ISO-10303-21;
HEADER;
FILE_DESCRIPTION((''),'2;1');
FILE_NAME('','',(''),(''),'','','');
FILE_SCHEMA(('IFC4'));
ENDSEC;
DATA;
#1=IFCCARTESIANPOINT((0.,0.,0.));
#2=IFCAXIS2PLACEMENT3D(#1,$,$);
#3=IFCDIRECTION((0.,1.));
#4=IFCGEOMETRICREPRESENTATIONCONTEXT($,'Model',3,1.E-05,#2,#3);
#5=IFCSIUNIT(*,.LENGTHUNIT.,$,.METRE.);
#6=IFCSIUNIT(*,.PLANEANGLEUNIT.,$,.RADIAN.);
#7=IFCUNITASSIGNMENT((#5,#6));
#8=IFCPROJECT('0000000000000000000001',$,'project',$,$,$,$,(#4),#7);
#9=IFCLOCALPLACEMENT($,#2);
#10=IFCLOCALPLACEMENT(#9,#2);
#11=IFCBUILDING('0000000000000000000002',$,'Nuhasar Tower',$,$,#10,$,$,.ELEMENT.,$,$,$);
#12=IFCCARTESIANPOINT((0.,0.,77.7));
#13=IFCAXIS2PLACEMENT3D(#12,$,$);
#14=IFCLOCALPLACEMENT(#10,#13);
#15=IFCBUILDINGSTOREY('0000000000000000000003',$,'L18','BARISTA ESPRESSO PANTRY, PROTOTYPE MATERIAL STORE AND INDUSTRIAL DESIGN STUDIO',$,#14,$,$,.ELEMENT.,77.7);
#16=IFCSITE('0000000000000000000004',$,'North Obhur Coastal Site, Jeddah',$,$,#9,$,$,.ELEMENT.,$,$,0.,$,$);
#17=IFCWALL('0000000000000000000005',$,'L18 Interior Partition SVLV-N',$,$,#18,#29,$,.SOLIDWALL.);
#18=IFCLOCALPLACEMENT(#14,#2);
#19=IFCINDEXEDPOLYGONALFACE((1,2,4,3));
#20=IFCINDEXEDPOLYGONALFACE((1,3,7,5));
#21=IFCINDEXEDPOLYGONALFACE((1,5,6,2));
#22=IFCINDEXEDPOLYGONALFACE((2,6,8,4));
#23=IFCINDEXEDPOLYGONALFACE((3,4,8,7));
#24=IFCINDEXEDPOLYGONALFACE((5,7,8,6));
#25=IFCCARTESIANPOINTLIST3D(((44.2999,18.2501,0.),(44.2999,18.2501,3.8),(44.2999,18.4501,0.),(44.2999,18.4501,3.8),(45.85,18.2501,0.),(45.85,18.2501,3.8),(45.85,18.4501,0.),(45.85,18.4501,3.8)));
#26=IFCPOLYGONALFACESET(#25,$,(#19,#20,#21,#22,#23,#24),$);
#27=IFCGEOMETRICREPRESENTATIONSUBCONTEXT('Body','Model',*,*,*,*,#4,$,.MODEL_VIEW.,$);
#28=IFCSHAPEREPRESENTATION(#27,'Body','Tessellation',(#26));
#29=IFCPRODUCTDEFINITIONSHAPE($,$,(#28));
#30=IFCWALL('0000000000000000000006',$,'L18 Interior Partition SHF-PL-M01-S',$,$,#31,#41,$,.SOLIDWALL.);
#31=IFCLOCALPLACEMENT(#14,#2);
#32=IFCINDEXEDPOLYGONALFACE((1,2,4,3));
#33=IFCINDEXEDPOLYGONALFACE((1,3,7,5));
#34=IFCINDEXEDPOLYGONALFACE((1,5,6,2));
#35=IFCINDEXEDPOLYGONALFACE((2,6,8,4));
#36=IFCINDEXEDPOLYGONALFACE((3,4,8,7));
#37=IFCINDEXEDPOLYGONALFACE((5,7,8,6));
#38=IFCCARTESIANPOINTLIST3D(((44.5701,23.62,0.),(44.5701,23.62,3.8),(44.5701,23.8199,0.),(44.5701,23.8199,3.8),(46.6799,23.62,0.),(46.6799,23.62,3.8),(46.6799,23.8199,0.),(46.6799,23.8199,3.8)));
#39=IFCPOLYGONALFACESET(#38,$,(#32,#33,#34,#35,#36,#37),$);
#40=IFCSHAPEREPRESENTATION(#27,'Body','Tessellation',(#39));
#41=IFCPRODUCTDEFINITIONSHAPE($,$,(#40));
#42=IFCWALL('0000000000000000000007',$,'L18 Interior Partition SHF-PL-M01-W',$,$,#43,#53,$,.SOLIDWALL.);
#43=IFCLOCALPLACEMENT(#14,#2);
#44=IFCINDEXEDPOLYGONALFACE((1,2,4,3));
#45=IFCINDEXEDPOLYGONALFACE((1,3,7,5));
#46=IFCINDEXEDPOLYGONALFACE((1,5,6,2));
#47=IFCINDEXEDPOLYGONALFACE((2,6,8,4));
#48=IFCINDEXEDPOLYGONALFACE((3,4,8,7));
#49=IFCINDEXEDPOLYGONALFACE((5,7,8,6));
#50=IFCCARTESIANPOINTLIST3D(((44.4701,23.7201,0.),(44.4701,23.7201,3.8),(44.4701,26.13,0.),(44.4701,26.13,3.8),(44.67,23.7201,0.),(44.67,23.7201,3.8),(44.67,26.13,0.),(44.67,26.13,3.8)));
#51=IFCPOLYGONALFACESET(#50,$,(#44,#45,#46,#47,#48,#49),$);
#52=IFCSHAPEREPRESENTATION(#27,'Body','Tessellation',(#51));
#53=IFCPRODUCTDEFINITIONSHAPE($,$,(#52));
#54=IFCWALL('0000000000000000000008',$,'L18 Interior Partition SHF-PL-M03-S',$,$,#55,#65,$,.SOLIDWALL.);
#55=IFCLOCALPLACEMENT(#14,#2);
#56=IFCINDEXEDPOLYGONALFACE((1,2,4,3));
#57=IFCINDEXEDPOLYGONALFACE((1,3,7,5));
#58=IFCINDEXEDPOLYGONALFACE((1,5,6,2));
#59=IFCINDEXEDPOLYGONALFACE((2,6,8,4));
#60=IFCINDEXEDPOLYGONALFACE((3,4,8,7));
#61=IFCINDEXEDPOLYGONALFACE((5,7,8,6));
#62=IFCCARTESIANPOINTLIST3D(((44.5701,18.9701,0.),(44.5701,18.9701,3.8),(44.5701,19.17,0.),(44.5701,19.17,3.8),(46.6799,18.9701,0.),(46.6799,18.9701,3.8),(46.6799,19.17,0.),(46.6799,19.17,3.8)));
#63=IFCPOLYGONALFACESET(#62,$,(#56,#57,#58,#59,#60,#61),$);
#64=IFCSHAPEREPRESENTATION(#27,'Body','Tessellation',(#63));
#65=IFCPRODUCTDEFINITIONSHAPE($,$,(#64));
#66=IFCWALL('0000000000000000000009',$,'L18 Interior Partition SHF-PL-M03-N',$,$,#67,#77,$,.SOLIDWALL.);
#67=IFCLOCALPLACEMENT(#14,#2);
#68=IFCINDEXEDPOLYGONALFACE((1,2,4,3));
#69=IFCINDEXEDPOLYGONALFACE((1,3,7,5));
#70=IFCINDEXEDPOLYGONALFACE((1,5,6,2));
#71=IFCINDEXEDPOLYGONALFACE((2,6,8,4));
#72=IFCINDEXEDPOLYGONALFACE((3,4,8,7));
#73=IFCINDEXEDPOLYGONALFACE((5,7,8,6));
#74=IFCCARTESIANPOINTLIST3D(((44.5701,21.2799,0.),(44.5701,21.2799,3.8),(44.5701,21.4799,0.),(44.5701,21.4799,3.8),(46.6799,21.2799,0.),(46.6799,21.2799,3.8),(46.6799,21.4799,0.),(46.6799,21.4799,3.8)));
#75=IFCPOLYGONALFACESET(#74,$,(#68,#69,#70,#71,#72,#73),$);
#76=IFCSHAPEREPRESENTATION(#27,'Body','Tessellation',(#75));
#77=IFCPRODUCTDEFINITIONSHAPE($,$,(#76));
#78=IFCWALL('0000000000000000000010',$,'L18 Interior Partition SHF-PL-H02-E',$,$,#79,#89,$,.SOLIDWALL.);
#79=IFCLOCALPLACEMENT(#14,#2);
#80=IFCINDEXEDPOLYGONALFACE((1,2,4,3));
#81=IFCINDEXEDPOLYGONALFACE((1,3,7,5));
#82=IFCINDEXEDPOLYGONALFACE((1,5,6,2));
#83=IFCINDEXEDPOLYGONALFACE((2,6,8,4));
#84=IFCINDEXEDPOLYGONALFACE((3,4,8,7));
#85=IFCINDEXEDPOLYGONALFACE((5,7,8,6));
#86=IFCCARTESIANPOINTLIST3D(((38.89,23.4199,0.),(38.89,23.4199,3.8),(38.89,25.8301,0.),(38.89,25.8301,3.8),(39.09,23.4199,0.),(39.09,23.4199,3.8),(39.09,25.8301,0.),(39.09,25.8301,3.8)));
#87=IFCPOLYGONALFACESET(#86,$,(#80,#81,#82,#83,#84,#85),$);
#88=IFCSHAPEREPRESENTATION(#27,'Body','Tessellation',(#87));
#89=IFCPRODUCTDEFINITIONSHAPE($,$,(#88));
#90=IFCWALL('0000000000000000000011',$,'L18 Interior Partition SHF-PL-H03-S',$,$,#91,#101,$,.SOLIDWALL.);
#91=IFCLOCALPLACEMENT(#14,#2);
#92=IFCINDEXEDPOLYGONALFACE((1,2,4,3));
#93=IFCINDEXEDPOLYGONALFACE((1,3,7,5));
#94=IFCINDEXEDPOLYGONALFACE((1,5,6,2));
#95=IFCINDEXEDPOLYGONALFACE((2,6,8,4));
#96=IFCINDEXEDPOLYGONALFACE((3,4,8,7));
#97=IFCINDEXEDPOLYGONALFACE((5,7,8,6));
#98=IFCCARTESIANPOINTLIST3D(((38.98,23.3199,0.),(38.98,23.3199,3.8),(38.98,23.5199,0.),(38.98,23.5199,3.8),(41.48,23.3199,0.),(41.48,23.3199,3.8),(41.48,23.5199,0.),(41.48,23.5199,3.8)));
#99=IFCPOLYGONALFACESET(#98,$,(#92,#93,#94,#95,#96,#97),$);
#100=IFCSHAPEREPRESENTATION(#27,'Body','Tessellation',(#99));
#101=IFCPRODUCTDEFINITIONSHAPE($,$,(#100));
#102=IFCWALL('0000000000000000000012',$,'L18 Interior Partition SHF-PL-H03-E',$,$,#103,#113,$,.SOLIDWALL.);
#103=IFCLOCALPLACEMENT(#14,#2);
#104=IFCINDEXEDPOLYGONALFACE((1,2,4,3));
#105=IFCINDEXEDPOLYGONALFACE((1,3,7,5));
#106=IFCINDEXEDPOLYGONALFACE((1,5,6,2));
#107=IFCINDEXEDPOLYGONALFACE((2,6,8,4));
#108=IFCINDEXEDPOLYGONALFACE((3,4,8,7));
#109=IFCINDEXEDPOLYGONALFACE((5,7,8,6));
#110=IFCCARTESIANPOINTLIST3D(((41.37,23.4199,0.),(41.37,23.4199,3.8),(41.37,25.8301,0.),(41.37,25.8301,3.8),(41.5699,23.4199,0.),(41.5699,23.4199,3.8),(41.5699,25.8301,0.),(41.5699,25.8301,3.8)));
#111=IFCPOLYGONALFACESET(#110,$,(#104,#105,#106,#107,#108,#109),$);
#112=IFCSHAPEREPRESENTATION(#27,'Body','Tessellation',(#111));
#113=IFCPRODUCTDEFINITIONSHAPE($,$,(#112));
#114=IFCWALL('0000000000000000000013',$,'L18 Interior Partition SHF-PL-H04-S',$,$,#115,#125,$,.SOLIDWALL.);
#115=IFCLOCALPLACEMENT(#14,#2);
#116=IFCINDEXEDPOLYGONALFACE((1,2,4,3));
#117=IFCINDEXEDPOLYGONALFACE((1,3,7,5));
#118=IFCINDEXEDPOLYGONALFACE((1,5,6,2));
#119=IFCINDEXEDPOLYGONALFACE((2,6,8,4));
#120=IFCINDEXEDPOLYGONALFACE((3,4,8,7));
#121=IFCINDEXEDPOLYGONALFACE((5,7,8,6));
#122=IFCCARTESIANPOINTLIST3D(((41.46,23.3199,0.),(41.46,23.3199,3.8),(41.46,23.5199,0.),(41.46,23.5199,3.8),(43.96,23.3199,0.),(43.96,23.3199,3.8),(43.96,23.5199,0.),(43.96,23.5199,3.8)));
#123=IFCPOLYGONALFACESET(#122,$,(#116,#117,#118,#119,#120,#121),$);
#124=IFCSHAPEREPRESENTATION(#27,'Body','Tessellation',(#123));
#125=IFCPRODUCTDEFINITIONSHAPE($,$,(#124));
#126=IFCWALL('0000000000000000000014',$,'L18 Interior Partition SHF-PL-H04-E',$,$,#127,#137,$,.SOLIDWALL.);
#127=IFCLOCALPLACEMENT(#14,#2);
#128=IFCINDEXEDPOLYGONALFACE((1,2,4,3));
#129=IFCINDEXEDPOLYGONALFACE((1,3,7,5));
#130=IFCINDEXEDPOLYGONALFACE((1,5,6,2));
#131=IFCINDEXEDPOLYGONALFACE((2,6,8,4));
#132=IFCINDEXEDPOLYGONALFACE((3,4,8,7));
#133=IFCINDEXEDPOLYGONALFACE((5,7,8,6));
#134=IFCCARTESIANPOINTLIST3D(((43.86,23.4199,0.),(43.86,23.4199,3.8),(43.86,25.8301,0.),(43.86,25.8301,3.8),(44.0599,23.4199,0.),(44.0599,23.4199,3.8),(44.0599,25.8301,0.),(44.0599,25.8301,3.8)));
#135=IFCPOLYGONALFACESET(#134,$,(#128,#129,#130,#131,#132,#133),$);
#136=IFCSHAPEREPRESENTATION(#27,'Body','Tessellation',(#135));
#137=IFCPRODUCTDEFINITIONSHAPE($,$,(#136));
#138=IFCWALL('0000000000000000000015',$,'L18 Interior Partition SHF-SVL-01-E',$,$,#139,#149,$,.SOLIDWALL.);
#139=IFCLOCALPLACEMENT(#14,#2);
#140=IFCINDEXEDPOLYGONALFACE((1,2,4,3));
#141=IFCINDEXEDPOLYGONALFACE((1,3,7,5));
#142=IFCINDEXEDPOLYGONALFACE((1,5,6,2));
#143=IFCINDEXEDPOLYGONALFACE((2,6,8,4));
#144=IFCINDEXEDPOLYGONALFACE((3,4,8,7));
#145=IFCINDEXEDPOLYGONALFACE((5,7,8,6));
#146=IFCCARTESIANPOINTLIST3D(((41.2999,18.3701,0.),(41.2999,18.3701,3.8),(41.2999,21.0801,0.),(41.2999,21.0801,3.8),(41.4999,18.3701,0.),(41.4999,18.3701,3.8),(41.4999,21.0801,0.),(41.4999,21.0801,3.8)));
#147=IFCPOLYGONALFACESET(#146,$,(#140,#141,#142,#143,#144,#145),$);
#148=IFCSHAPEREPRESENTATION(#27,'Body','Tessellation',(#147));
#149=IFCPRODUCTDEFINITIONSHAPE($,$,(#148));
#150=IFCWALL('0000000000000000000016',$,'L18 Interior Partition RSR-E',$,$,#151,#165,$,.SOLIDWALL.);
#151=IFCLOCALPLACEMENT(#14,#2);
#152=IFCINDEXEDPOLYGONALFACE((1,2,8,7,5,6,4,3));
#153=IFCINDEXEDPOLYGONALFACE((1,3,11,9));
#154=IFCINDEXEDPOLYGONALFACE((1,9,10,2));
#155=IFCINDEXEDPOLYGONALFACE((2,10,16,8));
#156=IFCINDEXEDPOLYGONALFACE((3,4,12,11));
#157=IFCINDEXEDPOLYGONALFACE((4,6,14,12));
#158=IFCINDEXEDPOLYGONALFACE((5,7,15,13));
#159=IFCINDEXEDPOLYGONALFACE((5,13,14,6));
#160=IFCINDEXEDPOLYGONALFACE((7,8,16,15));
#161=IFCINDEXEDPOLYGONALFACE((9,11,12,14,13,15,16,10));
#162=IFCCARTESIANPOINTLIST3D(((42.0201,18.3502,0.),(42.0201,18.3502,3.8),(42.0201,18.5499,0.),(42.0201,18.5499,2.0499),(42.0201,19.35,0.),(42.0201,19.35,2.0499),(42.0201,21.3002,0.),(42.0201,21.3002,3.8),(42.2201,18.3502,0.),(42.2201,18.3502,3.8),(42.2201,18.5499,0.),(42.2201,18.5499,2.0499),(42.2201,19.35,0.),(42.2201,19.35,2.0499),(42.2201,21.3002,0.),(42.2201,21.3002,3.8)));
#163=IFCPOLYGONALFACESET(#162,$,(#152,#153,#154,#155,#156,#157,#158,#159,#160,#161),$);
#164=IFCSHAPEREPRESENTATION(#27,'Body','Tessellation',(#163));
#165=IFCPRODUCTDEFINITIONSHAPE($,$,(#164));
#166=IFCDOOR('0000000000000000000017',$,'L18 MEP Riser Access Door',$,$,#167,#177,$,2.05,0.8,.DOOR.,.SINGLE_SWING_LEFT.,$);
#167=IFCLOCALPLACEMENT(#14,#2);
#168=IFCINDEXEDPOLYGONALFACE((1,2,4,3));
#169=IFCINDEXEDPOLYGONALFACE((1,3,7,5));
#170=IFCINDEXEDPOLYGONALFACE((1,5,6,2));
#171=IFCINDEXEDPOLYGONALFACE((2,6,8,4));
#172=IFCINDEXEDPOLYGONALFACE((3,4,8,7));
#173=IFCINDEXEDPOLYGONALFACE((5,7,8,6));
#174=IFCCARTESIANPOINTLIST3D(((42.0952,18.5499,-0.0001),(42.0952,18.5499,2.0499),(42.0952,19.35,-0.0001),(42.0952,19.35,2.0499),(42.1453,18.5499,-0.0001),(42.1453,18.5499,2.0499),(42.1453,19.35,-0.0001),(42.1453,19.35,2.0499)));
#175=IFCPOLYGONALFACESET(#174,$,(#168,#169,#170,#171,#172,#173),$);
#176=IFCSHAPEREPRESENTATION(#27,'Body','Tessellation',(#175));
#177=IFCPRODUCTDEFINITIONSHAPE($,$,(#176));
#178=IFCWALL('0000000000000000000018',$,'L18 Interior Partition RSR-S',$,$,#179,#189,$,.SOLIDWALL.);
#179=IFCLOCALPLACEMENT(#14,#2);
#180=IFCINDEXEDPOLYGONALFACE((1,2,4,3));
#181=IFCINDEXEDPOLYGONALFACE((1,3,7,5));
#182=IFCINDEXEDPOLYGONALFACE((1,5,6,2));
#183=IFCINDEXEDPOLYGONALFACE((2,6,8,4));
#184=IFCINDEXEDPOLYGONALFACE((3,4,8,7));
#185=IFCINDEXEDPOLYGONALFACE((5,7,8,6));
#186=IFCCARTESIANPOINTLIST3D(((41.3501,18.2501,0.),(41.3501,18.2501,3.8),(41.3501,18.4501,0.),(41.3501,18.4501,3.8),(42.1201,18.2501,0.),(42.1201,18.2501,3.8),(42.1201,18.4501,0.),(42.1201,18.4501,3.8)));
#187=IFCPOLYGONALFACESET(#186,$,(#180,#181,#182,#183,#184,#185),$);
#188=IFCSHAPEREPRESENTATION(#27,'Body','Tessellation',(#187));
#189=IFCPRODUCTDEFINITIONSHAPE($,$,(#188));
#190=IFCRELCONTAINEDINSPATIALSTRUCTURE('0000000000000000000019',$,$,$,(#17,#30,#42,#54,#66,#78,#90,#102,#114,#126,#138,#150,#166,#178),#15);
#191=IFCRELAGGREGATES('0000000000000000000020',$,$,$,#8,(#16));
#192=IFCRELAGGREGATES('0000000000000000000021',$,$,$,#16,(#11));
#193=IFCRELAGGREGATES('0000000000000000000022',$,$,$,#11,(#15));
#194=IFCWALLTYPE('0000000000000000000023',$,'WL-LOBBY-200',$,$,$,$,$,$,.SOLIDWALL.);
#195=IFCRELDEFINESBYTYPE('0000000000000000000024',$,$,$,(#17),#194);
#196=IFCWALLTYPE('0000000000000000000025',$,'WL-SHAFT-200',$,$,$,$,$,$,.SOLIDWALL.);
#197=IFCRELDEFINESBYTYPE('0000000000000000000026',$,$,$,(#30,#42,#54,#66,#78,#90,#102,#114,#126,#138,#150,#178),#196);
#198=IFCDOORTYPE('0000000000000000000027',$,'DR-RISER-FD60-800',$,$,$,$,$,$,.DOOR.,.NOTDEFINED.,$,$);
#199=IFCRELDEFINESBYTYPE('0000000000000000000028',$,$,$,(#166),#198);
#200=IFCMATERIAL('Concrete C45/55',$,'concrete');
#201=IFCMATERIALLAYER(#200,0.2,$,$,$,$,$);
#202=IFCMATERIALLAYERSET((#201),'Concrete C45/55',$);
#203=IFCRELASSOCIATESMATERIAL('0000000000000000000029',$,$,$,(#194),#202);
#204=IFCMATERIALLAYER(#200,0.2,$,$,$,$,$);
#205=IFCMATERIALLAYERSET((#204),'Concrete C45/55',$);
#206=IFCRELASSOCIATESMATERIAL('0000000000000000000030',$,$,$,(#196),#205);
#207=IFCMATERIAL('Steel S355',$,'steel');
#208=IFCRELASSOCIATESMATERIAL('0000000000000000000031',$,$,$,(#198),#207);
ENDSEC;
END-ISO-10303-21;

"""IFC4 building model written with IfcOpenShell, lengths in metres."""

from ifc_helpers import new_model, si_unit, direction, frame, frame_2d, origin, place, context, subcontext, project, spatial, rectangle, extrude, material, layer, layer_set, type_object, element, fill, save


model = new_model("IFC4")

# Units and contexts
model_context = context("Model", 3, precision=1e-05, world=origin(), true_north=direction((0.0, 1.0)))
body_context = subcontext(model_context, "Body", "Model", "MODEL_VIEW")
ifc_project = project(units=[si_unit("LENGTHUNIT", "METRE"), si_unit("PLANEANGLEUNIT", "RADIAN")], contexts=[model_context])

# Site, building, storey
site_placement = place(None, origin())
site = spatial("IfcSite", under=ifc_project, at=site_placement, Name="North Obhur Coastal Site, Jeddah", CompositionType="ELEMENT", RefElevation=0.0)
building_placement = place(site_placement, origin())
building = spatial("IfcBuilding", under=site, at=building_placement, Name="Nuhasar Tower", CompositionType="ELEMENT")
storey_placement = place(building_placement, frame((0.0, 0.0, 77.7)))
storey = spatial("IfcBuildingStorey", under=building, at=storey_placement, Name="L18", Description="BARISTA ESPRESSO PANTRY, PROTOTYPE MATERIAL STORE AND INDUSTRIAL DESIGN STUDIO", CompositionType="ELEMENT", Elevation=77.7)

# Shared definitions
ifc_material_1 = material(Name="Steel S355", Category="steel")

# Shared definitions
ifc_material_2 = material(Name="Concrete C45/55", Category="concrete")
ifc_layer_1 = layer(ifc_material_2, 0.2)
ifc_layer_set_1 = layer_set([ifc_layer_1], Name="Concrete C45/55")
wall_type_1 = type_object("IfcWallType", Name="WL-LOBBY-200", PredefinedType="SOLIDWALL", material=ifc_layer_set_1)

# Walls
wall_1_placement = place(storey_placement, frame((44.3, 18.3501, 0.0), z_axis=(0.0, 0.0, 1.0), x_axis=(1.0, 0.0, 0.0)))
element("IfcWall", 1, at=wall_1_placement, inside=storey, type_object=wall_type_1, Name="L18 Interior Partition SVLV-N", PredefinedType="SOLIDWALL", context=body_context, shape_type="SweptSolid", body=[
    extrude(rectangle(XDim=1.55, YDim=0.2, at=frame_2d((0.7749, 0.0))), origin(), (0.0, 0.0, 1.0), 3.8),
])
ifc_layer_2 = layer(ifc_material_2, 0.2)
ifc_layer_set_2 = layer_set([ifc_layer_2], Name="Concrete C45/55")
wall_type_2 = type_object("IfcWallType", Name="WL-SHAFT-200", PredefinedType="SOLIDWALL", material=ifc_layer_set_2)
wall_2_placement = place(storey_placement, frame((44.5701, 23.72, 0.0), z_axis=(0.0, 0.0, 1.0), x_axis=(1.0, 0.0, 0.0)))
element("IfcWall", 2, at=wall_2_placement, inside=storey, type_object=wall_type_2, Name="L18 Interior Partition SHF-PL-M01-S", PredefinedType="SOLIDWALL", context=body_context, shape_type="SweptSolid", body=[
    extrude(rectangle(XDim=2.1099, YDim=0.2, at=frame_2d((1.0549, 0.0))), origin(), (0.0, 0.0, 1.0), 3.8),
])
wall_3_placement = place(storey_placement, frame((44.5701, 23.72, 0.0), z_axis=(0.0, 0.0, 1.0), x_axis=(0.0, 1.0, 0.0)))
element("IfcWall", 3, at=wall_3_placement, inside=storey, type_object=wall_type_2, Name="L18 Interior Partition SHF-PL-M01-W", PredefinedType="SOLIDWALL", context=body_context, shape_type="SweptSolid", body=[
    extrude(rectangle(XDim=2.4099, YDim=0.2, at=frame_2d((1.2051, 0.0))), origin(), (0.0, 0.0, 1.0), 3.8),
])
for number, where, z_axis, x_axis, name in (
    (4, (44.5701, 19.0701, 0.0), (0.0, 0.0, 1.0), (1.0, 0.0, 0.0), "L18 Interior Partition SHF-PL-M03-S"),
    (5, (44.5701, 21.3799, 0.0), (0.0, 0.0, 1.0), (1.0, 0.0, 0.0), "L18 Interior Partition SHF-PL-M03-N"),
):
    element("IfcWall", number, at=place(storey_placement, frame(where, z_axis=z_axis, x_axis=x_axis)), inside=storey, type_object=wall_type_2, Name=name, PredefinedType="SOLIDWALL", context=body_context, shape_type="SweptSolid", body=[
        extrude(rectangle(XDim=2.1099, YDim=0.2, at=frame_2d((1.0549, 0.0))), origin(), (0.0, 0.0, 1.0), 3.8),
    ])
wall_4_placement = place(storey_placement, frame((38.99, 23.4199, 0.0), z_axis=(0.0, 0.0, 1.0), x_axis=(0.0, 1.0, 0.0)))
element("IfcWall", 6, at=wall_4_placement, inside=storey, type_object=wall_type_2, Name="L18 Interior Partition SHF-PL-H02-E", PredefinedType="SOLIDWALL", context=body_context, shape_type="SweptSolid", body=[
    extrude(rectangle(XDim=2.4102, YDim=0.2, at=frame_2d((1.2051, 0.0))), origin(), (0.0, 0.0, 1.0), 3.8),
])
wall_5_placement = place(storey_placement, frame((38.98, 23.4199, 0.0), z_axis=(0.0, 0.0, 1.0), x_axis=(1.0, 0.0, 0.0)))
element("IfcWall", 7, at=wall_5_placement, inside=storey, type_object=wall_type_2, Name="L18 Interior Partition SHF-PL-H03-S", PredefinedType="SOLIDWALL", context=body_context, shape_type="SweptSolid", body=[
    extrude(rectangle(XDim=2.5, YDim=0.2, at=frame_2d((1.25, 0.0))), origin(), (0.0, 0.0, 1.0), 3.8),
])
wall_6_placement = place(storey_placement, frame((41.47, 23.4199, 0.0), z_axis=(0.0, 0.0, 1.0), x_axis=(0.0, 1.0, 0.0)))
element("IfcWall", 8, at=wall_6_placement, inside=storey, type_object=wall_type_2, Name="L18 Interior Partition SHF-PL-H03-E", PredefinedType="SOLIDWALL", context=body_context, shape_type="SweptSolid", body=[
    extrude(rectangle(XDim=2.4102, YDim=0.2, at=frame_2d((1.2051, 0.0))), origin(), (0.0, 0.0, 1.0), 3.8),
])
wall_7_placement = place(storey_placement, frame((41.46, 23.4199, 0.0), z_axis=(0.0, 0.0, 1.0), x_axis=(1.0, 0.0, 0.0)))
element("IfcWall", 9, at=wall_7_placement, inside=storey, type_object=wall_type_2, Name="L18 Interior Partition SHF-PL-H04-S", PredefinedType="SOLIDWALL", context=body_context, shape_type="SweptSolid", body=[
    extrude(rectangle(XDim=2.5, YDim=0.2, at=frame_2d((1.25, 0.0))), origin(), (0.0, 0.0, 1.0), 3.8),
])
wall_8_placement = place(storey_placement, frame((43.96, 23.4199, 0.0), z_axis=(0.0, 0.0, 1.0), x_axis=(0.0, 1.0, 0.0)))
element("IfcWall", 10, at=wall_8_placement, inside=storey, type_object=wall_type_2, Name="L18 Interior Partition SHF-PL-H04-E", PredefinedType="SOLIDWALL", context=body_context, shape_type="SweptSolid", body=[
    extrude(rectangle(XDim=2.4102, YDim=0.2, at=frame_2d((1.2051, 0.0))), origin(), (0.0, 0.0, 1.0), 3.8),
])
wall_9_placement = place(storey_placement, frame((41.3999, 18.3701, 0.0), z_axis=(0.0, 0.0, 1.0), x_axis=(0.0, 1.0, 0.0)))
element("IfcWall", 11, at=wall_9_placement, inside=storey, type_object=wall_type_2, Name="L18 Interior Partition SHF-SVL-01-E", PredefinedType="SOLIDWALL", context=body_context, shape_type="SweptSolid", body=[
    extrude(rectangle(XDim=2.71, YDim=0.2, at=frame_2d((1.355, 0.0))), origin(), (0.0, 0.0, 1.0), 3.8),
])

# Wall, opening, door
wall_10_placement = place(storey_placement, frame((42.1201, 18.3501, 0.0), z_axis=(0.0, 0.0, 1.0), x_axis=(0.0, 1.0, 0.0)))
wall_10 = element("IfcWall", 12, at=wall_10_placement, inside=storey, type_object=wall_type_2, Name="L18 Interior Partition RSR-E", PredefinedType="SOLIDWALL", context=body_context, shape_type="SweptSolid", body=[
    extrude(rectangle(XDim=2.95, YDim=0.2, at=frame_2d((1.4751, 0.0))), origin(), (0.0, 0.0, 1.0), 3.8),
])
opening_1_placement = place(wall_10_placement, frame((0.2, 0.0, 0.0)))
opening_1 = element("IfcOpeningElement", 13, at=opening_1_placement, cuts=wall_10, PredefinedType="OPENING", context=body_context, shape_type="SweptSolid", body=[
    extrude(rectangle(XDim=0.8, YDim=2.05, at=frame_2d((0.3999, 1.0249))), frame((0.0, 0.1099, 0.0), z_axis=(0.0, -1.0, 0.0), x_axis=(1.0, 0.0, 0.0)), (0.0, 0.0, 1.0), 0.22),
])
door_type_1 = type_object("IfcDoorType", Name="DR-RISER-FD60-800", OperationType="NOTDEFINED", PredefinedType="DOOR", material=ifc_material_1)
door_1_placement = place(opening_1_placement, origin())
door_1 = element("IfcDoor", 14, at=door_1_placement, inside=storey, type_object=door_type_1, Name="L18 MEP Riser Access Door", OperationType="SINGLE_SWING_LEFT", OverallHeight=2.05, OverallWidth=0.8, PredefinedType="DOOR", context=body_context, shape_type="SweptSolid", body=[
    extrude(rectangle(XDim=0.8, YDim=2.05, at=frame_2d((0.3999, 1.0249))), frame((0.0, 0.0249, 0.0), z_axis=(0.0, -1.0, 0.0), x_axis=(1.0, 0.0, 0.0)), (0.0, 0.0, 1.0), 0.05),
])
fill(opening_1, door_1)

# Wall
wall_11_placement = place(storey_placement, frame((41.3501, 18.3501, 0.0), z_axis=(0.0, 0.0, 1.0), x_axis=(1.0, 0.0, 0.0)))
element("IfcWall", 15, at=wall_11_placement, inside=storey, type_object=wall_type_2, Name="L18 Interior Partition RSR-S", PredefinedType="SOLIDWALL", context=body_context, shape_type="SweptSolid", body=[
    extrude(rectangle(XDim=0.77, YDim=0.2, at=frame_2d((0.385, 0.0))), origin(), (0.0, 0.0, 1.0), 3.8),
])

save(model, "model.ifc")
